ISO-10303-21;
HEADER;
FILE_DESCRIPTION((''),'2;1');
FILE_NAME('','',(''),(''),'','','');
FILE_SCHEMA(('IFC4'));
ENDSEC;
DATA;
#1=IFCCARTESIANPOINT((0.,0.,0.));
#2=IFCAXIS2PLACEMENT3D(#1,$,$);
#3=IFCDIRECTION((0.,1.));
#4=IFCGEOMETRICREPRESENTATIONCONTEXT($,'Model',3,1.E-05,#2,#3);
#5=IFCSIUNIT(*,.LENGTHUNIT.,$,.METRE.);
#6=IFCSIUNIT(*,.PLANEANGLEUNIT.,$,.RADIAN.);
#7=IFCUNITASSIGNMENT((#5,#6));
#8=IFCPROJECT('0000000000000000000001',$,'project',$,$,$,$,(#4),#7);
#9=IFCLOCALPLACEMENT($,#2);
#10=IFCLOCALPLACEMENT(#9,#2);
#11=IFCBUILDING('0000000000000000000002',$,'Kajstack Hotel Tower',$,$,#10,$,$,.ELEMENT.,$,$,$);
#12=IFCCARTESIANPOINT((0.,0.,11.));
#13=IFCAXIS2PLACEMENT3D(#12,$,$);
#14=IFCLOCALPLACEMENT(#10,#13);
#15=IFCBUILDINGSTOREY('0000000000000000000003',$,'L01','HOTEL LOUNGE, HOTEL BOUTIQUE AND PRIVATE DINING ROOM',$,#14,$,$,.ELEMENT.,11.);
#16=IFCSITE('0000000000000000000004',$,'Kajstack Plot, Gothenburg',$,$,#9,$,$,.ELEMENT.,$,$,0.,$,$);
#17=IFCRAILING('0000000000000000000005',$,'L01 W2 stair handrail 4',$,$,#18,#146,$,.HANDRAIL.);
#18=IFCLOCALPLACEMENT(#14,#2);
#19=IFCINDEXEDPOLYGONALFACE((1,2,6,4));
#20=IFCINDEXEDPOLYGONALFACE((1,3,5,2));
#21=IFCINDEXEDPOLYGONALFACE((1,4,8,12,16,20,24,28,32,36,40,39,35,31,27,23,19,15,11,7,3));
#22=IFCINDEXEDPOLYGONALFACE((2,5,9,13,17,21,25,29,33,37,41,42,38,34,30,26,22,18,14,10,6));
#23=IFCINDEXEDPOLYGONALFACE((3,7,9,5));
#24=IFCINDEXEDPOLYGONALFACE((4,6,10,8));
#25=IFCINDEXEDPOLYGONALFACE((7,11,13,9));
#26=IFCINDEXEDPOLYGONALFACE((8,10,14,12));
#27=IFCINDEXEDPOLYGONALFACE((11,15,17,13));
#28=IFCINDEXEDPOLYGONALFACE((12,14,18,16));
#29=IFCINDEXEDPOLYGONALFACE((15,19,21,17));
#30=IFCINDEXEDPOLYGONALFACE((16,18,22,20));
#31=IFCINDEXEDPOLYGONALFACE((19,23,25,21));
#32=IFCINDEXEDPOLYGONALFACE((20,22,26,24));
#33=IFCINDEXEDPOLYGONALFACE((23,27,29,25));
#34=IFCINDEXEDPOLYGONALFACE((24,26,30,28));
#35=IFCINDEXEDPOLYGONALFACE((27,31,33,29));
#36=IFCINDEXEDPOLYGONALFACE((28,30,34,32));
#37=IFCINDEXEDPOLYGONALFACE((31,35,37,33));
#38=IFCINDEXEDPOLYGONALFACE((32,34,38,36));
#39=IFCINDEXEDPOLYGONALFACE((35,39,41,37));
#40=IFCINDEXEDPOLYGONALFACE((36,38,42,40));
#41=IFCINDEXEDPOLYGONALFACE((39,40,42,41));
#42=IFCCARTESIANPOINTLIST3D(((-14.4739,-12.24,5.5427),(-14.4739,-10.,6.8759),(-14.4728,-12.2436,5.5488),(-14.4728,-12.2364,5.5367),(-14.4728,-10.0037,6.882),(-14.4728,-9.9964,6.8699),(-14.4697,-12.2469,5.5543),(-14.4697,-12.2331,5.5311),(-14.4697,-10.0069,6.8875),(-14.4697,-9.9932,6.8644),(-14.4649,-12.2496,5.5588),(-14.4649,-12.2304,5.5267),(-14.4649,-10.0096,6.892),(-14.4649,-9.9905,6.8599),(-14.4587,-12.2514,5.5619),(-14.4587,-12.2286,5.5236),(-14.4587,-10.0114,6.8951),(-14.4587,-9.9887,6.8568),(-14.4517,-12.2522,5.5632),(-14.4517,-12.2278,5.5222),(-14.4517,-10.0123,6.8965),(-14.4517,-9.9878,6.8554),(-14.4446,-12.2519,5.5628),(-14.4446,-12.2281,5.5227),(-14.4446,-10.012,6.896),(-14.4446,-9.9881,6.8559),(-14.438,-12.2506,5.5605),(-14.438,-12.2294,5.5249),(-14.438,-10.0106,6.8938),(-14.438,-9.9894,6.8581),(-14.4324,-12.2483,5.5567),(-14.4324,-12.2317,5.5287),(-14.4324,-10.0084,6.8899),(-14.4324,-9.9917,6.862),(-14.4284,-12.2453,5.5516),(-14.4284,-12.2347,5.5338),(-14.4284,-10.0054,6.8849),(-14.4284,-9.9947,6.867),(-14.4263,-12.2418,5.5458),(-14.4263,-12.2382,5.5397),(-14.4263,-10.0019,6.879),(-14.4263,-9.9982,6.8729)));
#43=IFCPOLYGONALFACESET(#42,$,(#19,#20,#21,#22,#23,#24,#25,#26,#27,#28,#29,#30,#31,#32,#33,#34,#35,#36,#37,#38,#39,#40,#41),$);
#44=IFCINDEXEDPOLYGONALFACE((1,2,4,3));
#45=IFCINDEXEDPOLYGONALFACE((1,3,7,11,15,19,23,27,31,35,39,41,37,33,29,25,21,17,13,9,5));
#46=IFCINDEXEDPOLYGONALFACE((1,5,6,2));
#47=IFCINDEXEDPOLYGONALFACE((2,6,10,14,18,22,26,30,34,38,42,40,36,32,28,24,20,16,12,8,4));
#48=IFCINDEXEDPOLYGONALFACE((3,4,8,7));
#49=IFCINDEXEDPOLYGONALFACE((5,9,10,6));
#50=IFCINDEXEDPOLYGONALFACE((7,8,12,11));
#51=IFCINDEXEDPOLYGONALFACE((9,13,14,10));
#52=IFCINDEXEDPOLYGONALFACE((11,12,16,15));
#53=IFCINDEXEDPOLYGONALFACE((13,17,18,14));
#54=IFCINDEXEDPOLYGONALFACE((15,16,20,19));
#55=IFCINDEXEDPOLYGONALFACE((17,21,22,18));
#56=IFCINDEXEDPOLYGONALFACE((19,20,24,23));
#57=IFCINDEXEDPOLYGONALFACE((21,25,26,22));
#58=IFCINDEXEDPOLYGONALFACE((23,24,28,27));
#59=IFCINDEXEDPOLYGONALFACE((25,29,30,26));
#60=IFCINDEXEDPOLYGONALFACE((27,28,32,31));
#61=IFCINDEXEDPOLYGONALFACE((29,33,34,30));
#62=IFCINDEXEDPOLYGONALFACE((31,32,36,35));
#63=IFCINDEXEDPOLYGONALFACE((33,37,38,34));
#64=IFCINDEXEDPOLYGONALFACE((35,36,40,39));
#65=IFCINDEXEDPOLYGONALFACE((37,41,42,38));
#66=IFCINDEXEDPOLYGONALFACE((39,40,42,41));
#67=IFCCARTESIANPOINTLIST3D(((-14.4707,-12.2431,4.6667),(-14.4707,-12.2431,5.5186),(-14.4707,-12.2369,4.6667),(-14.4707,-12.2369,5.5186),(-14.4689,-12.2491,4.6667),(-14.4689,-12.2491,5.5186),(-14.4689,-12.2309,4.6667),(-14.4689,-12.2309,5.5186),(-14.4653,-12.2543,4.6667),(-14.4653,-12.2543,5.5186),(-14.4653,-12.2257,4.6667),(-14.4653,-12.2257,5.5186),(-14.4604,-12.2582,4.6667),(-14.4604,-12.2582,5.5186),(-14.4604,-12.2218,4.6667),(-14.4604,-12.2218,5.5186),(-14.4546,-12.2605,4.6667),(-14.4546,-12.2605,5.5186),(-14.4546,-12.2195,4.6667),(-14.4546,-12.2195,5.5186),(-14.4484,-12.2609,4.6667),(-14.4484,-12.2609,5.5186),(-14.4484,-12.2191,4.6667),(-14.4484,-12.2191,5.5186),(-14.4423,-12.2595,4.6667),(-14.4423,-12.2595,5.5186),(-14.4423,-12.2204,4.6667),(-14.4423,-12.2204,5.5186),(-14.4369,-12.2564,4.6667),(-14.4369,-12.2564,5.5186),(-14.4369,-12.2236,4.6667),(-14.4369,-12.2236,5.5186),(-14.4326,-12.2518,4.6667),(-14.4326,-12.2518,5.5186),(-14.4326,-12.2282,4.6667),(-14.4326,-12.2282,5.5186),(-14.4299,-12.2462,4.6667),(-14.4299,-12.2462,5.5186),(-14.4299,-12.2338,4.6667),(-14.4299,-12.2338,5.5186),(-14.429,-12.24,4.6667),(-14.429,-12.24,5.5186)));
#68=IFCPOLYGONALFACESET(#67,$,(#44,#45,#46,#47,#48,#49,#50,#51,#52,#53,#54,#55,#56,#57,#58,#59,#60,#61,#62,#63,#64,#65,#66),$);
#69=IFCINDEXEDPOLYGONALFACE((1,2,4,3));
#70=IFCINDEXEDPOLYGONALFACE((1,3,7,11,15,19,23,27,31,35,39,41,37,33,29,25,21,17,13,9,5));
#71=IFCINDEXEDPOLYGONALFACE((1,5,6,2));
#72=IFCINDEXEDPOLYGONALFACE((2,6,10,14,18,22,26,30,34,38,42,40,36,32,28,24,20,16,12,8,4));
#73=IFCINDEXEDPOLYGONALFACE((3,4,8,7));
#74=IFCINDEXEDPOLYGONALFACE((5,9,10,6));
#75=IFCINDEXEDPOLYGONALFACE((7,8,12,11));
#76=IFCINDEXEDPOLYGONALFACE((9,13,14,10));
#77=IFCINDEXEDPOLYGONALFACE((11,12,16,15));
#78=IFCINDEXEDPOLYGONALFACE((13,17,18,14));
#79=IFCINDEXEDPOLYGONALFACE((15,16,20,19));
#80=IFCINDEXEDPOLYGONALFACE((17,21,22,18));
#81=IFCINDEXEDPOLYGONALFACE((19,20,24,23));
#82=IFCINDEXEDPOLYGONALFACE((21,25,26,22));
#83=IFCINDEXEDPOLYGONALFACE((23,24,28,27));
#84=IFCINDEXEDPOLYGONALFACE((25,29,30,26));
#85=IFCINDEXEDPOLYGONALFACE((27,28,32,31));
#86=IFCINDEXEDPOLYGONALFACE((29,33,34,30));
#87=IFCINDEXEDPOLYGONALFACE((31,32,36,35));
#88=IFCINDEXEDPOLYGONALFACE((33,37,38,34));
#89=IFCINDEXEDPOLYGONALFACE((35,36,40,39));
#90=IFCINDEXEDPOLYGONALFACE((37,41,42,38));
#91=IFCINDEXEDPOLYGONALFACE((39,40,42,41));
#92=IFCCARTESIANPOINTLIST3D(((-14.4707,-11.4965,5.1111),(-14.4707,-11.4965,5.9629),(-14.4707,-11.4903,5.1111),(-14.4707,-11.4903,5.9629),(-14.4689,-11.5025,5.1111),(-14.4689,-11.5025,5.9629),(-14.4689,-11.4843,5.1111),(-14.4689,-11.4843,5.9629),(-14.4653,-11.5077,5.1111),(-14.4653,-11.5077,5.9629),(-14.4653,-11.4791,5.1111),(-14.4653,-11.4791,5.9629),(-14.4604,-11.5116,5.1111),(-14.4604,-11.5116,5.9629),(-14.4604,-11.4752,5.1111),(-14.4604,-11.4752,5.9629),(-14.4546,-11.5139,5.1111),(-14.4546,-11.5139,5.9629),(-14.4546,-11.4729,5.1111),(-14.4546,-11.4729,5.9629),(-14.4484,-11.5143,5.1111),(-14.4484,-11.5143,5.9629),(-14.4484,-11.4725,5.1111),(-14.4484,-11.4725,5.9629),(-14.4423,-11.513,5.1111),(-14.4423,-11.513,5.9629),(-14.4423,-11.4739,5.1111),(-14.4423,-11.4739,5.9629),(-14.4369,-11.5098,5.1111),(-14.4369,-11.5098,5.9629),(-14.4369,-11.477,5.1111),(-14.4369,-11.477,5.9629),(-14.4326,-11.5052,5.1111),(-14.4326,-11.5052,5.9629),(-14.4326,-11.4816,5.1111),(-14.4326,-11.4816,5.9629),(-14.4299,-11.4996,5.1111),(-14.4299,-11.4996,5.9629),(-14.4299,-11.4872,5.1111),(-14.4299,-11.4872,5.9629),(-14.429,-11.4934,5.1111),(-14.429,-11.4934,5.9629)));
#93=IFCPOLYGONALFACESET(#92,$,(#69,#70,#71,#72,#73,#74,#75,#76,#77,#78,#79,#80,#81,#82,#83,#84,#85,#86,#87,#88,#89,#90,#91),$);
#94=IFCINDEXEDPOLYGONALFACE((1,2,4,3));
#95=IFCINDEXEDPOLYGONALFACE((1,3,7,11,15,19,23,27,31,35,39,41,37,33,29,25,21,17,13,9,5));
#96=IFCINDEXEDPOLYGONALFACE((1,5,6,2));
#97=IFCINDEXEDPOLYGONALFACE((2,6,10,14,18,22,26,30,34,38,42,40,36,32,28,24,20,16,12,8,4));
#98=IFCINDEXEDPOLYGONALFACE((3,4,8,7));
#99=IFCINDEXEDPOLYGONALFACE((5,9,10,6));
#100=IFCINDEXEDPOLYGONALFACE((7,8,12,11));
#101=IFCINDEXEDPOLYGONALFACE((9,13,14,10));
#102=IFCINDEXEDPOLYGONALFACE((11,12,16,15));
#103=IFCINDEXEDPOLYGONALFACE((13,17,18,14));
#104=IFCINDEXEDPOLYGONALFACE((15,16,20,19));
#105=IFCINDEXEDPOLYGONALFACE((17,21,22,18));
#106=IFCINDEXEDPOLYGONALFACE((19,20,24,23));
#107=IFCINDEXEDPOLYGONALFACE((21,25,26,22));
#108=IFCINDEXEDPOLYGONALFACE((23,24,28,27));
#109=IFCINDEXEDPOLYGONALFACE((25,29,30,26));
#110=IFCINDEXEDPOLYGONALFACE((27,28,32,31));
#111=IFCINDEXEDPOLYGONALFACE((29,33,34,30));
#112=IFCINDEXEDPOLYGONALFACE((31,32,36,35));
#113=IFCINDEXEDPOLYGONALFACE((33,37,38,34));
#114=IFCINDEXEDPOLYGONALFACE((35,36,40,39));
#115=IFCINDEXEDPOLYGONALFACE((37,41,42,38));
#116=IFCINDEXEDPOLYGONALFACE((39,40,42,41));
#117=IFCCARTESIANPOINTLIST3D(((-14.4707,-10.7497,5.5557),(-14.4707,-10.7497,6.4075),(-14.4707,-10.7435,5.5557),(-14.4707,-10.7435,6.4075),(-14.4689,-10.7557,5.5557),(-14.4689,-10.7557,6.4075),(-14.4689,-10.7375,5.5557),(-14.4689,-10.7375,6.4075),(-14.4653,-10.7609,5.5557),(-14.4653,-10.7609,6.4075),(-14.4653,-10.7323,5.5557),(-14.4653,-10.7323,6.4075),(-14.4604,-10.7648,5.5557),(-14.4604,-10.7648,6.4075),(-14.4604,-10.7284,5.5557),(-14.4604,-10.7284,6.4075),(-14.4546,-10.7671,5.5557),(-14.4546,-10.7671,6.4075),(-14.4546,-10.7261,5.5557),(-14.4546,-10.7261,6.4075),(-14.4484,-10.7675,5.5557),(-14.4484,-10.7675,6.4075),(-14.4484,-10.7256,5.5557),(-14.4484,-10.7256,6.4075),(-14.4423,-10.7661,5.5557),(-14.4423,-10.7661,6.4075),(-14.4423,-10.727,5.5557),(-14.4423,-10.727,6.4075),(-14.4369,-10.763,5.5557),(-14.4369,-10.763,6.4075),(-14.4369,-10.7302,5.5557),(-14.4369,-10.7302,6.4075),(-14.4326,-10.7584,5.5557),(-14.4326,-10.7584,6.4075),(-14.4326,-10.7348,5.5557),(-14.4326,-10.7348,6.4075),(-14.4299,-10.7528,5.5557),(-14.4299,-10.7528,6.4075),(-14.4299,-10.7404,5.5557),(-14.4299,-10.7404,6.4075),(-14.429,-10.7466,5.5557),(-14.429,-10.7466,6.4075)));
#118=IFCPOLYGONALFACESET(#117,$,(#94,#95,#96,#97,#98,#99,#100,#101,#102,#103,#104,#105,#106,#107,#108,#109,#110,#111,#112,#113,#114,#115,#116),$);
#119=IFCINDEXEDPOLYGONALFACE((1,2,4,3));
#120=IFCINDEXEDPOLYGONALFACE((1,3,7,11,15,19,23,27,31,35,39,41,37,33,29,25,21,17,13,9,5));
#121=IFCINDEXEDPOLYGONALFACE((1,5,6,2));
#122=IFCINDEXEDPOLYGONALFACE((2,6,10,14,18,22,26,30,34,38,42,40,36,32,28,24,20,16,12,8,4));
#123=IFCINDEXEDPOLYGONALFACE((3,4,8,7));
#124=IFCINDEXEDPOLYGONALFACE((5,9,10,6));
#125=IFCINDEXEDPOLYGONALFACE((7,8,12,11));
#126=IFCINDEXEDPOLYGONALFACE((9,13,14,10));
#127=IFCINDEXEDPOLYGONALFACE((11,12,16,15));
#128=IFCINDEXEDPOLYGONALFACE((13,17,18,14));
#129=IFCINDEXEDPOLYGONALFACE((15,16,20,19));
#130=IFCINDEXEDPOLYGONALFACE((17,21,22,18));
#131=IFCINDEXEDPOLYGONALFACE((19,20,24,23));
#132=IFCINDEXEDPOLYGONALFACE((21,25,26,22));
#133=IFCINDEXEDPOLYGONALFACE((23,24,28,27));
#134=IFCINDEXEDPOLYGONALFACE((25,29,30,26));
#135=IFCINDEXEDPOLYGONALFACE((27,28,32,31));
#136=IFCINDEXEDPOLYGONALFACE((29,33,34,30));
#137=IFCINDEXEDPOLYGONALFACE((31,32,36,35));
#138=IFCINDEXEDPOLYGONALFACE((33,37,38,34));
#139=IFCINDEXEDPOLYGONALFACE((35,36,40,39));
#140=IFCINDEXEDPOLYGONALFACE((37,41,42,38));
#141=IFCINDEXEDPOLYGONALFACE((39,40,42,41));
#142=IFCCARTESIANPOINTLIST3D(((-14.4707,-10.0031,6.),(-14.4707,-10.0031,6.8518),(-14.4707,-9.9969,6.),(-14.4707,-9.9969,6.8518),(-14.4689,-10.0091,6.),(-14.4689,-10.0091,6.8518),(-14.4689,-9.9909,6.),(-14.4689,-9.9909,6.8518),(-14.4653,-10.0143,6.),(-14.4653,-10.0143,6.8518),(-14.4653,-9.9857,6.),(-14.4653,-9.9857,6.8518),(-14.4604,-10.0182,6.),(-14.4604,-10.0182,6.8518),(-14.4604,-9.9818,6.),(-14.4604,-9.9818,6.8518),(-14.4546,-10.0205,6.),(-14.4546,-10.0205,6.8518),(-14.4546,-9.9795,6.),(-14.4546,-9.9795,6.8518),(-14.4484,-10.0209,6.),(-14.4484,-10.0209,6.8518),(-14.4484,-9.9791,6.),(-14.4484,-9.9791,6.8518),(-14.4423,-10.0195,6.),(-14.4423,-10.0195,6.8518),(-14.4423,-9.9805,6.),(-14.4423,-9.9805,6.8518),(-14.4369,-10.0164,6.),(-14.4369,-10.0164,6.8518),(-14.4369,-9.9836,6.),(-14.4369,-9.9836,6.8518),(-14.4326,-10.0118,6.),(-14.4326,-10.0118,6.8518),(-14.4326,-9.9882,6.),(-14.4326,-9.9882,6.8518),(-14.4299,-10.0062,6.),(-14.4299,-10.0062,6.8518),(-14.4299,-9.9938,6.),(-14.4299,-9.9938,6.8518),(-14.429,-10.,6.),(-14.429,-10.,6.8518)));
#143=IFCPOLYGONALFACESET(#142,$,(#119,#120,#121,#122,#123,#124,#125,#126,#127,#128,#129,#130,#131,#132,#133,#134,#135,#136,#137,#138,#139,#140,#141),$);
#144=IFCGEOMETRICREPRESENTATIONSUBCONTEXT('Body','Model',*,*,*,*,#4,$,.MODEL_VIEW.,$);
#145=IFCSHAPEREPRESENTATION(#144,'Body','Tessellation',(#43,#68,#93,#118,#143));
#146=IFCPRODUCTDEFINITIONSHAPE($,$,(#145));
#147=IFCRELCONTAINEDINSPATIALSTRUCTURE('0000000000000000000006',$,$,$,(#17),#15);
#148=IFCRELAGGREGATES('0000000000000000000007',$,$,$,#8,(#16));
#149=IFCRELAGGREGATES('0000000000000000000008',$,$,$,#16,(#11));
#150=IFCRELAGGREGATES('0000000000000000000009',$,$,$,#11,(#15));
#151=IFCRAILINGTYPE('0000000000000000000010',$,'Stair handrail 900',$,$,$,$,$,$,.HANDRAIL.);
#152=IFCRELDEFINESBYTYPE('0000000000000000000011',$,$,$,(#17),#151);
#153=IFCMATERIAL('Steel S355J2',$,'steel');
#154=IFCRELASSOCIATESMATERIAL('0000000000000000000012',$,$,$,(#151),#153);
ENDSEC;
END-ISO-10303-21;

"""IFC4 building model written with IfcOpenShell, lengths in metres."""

from ifc_helpers import new_model, si_unit, direction, frame, origin, origin_2d, place, context, subcontext, project, spatial, circle, extrude, material, type_object, element, save


model = new_model("IFC4")

# Units and contexts
model_context = context("Model", 3, precision=1e-05, world=origin(), true_north=direction((0.0, 1.0)))
body_context = subcontext(model_context, "Body", "Model", "MODEL_VIEW")
ifc_project = project(units=[si_unit("LENGTHUNIT", "METRE"), si_unit("PLANEANGLEUNIT", "RADIAN")], contexts=[model_context])

# Site, building, storey
site_placement = place(None, origin())
site = spatial("IfcSite", under=ifc_project, at=site_placement, Name="Kajstack Plot, Gothenburg", CompositionType="ELEMENT", RefElevation=0.0)
building_placement = place(site_placement, origin())
building = spatial("IfcBuilding", under=site, at=building_placement, Name="Kajstack Hotel Tower", CompositionType="ELEMENT")
storey_placement = place(building_placement, frame((0.0, 0.0, 11.0)))
storey = spatial("IfcBuildingStorey", under=building, at=storey_placement, Name="L01", Description="HOTEL LOUNGE, HOTEL BOUTIQUE AND PRIVATE DINING ROOM", CompositionType="ELEMENT", Elevation=11.0)

# Railing
ifc_material_1 = material(Name="Steel S355J2", Category="steel")
railing_type = type_object("IfcRailingType", Name="Stair handrail 900", PredefinedType="HANDRAIL", material=ifc_material_1)
for number, where, name in (
    (1, (-14.45, -12.24, 4.6667), "L01 W2 stair handrail 4"),
):
    element("IfcRailing", number, at=place(storey_placement, frame(where)), inside=storey, type_object=railing_type, Name=name, PredefinedType="HANDRAIL", context=body_context, shape_type="SweptSolid", body=[
        extrude(circle(Radius=0.0239, at=origin_2d()), frame((0.0, 0.0, 0.876), z_axis=(0.0, 0.859306, 0.511462), x_axis=(-1.0, 0.0, 0.0)), (0.0, 0.0, 1.0), 2.6067),
        extrude(circle(Radius=0.021, at=origin_2d()), origin(), (0.0, 0.0, 1.0), 0.8518),
        extrude(circle(Radius=0.021, at=origin_2d()), frame((0.0, 0.7466, 0.4443)), (0.0, 0.0, 1.0), 0.8518),
        extrude(circle(Radius=0.021, at=origin_2d()), frame((0.0, 1.4934, 0.8889)), (0.0, 0.0, 1.0), 0.8518),
        extrude(circle(Radius=0.021, at=origin_2d()), frame((0.0, 2.24, 1.3333)), (0.0, 0.0, 1.0), 0.8518),
    ])

save(model, "model.ifc")
